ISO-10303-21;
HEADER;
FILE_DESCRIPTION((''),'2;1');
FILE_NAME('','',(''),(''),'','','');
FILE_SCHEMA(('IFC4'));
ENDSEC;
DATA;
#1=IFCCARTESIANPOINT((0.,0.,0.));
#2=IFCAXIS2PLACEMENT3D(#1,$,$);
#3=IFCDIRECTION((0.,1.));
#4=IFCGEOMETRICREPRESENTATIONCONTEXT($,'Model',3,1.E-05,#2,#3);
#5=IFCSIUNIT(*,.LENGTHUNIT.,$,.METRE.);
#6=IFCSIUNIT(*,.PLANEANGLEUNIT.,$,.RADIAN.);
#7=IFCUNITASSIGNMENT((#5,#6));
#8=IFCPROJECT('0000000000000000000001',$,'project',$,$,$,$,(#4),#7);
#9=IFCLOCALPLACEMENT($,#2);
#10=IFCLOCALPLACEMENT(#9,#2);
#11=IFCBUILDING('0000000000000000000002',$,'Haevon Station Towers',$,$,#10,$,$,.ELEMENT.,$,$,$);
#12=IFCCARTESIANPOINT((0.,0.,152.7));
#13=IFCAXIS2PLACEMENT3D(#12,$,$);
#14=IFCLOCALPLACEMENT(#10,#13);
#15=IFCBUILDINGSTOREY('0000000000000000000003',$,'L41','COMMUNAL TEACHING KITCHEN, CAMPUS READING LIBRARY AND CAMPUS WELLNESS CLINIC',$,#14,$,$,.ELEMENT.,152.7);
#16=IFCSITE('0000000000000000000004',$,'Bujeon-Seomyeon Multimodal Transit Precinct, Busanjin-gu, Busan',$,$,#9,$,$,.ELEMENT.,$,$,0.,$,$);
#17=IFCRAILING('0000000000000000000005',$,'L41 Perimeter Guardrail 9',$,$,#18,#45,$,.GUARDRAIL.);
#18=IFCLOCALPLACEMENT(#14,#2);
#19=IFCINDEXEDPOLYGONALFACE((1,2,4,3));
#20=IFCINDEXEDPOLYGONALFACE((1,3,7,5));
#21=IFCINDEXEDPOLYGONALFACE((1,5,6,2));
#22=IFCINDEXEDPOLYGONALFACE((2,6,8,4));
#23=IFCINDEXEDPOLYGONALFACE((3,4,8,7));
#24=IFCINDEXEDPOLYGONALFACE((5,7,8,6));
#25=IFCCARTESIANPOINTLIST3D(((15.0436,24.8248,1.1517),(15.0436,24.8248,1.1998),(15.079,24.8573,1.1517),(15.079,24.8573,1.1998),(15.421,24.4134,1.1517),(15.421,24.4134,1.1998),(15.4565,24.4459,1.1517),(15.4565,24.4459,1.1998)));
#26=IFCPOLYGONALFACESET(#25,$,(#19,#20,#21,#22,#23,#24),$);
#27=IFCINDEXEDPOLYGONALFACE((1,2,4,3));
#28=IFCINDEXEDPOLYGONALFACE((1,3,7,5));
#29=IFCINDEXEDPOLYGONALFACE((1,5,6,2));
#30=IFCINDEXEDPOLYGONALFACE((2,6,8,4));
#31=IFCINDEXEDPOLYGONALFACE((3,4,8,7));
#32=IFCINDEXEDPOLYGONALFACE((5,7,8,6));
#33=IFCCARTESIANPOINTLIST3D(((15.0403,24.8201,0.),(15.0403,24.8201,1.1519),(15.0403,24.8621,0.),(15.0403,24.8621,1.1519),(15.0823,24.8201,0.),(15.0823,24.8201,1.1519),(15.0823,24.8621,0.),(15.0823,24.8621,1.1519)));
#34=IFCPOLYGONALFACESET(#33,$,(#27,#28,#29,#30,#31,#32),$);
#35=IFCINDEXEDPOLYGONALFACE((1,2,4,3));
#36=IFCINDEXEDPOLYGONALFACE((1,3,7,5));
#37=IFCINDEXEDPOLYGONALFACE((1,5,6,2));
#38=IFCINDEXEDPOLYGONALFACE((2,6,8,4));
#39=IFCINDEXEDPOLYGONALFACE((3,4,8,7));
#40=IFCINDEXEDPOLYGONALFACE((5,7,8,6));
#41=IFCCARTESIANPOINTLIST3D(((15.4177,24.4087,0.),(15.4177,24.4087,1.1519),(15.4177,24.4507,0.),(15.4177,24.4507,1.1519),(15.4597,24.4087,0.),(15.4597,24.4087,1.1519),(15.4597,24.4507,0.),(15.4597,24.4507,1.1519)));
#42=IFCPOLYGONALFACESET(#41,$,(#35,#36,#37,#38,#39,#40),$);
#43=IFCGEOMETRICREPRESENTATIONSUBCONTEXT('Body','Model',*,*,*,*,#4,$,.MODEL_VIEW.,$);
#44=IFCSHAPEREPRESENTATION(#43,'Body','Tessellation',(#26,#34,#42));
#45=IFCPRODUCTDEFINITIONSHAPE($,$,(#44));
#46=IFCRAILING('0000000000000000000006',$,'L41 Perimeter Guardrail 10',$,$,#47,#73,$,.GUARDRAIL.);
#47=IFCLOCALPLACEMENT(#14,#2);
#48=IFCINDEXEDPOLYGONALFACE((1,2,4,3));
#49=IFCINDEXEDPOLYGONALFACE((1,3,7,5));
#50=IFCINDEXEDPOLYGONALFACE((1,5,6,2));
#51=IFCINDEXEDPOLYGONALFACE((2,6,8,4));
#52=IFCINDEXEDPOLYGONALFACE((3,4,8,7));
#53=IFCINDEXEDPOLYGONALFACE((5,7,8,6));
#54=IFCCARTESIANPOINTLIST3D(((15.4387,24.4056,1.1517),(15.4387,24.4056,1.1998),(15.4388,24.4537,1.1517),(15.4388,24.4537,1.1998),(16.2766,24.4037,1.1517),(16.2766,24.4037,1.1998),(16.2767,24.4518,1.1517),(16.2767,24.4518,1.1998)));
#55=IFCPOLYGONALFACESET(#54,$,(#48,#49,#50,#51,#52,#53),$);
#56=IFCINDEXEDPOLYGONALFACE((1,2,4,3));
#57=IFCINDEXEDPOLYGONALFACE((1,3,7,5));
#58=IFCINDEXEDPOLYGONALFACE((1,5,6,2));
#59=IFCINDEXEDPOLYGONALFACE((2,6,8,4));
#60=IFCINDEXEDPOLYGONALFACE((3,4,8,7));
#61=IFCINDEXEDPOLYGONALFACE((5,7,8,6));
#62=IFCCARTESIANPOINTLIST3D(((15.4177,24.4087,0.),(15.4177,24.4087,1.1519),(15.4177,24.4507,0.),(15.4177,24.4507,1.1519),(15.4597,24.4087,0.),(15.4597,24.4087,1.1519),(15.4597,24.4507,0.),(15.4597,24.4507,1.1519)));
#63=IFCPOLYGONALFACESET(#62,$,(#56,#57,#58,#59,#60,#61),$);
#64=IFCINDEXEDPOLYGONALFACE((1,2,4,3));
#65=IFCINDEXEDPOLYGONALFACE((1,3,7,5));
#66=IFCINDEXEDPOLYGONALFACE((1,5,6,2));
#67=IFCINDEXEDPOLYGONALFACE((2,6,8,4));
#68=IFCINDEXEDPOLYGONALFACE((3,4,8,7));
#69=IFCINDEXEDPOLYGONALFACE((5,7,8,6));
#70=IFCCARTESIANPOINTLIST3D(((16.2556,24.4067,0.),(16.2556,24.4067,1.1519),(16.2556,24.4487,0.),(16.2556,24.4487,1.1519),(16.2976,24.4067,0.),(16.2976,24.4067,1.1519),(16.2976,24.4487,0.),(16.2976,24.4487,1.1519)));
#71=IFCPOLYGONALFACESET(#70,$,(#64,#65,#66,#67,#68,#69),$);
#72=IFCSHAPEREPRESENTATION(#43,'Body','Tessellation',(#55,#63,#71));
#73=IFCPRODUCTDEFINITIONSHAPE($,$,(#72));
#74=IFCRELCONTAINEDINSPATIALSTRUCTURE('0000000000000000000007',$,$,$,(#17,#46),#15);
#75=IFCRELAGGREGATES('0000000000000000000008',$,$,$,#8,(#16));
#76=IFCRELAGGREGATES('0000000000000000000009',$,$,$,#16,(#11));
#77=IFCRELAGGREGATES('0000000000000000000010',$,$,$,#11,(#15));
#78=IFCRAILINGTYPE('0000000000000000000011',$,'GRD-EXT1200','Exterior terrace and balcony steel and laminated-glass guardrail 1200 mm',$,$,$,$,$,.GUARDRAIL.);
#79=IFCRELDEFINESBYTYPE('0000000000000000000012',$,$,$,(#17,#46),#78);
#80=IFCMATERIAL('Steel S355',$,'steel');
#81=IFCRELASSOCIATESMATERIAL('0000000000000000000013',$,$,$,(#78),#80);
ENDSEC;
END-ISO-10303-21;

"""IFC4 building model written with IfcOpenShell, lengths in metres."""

from ifc_helpers import new_model, si_unit, direction, frame, origin, origin_2d, place, context, subcontext, project, spatial, rectangle, extrude, material, type_object, element, save


model = new_model("IFC4")

# Units and contexts
model_context = context("Model", 3, precision=1e-05, world=origin(), true_north=direction((0.0, 1.0)))
body_context = subcontext(model_context, "Body", "Model", "MODEL_VIEW")
ifc_project = project(units=[si_unit("LENGTHUNIT", "METRE"), si_unit("PLANEANGLEUNIT", "RADIAN")], contexts=[model_context])

# Site, building, storey
site_placement = place(None, origin())
site = spatial("IfcSite", under=ifc_project, at=site_placement, Name="Bujeon-Seomyeon Multimodal Transit Precinct, Busanjin-gu, Busan", CompositionType="ELEMENT", RefElevation=0.0)
building_placement = place(site_placement, origin())
building = spatial("IfcBuilding", under=site, at=building_placement, Name="Haevon Station Towers", CompositionType="ELEMENT")
storey_placement = place(building_placement, frame((0.0, 0.0, 152.7)))
storey = spatial("IfcBuildingStorey", under=building, at=storey_placement, Name="L41", Description="COMMUNAL TEACHING KITCHEN, CAMPUS READING LIBRARY AND CAMPUS WELLNESS CLINIC", CompositionType="ELEMENT", Elevation=152.7)

# Shared definitions
ifc_material_1 = material(Name="Steel S355", Category="steel")

# Railings
railing_type = type_object("IfcRailingType", Name="GRD-EXT1200", Description="Exterior terrace and balcony steel and laminated-glass guardrail 1200 mm", PredefinedType="GUARDRAIL", material=ifc_material_1)
railing_1_placement = place(storey_placement, frame((15.0613, 24.8411, 0.0)))
element("IfcRailing", 1, at=railing_1_placement, inside=storey, type_object=railing_type, Name="L41 Perimeter Guardrail 9", PredefinedType="GUARDRAIL", context=body_context, shape_type="SweptSolid", body=[
    extrude(rectangle(XDim=0.0481, YDim=0.0481, at=origin_2d()), frame((0.0, 0.0, 1.1758), z_axis=(0.676061, -0.736845, 0.0), x_axis=(0.736845, 0.676061, 0.0)), (0.0, 0.0, 1.0), 0.5583),
    extrude(rectangle(XDim=0.042, YDim=0.042, at=origin_2d()), origin(), (0.0, 0.0, 1.0), 1.1519),
    extrude(rectangle(XDim=0.042, YDim=0.042, at=origin_2d()), frame((0.3774, -0.4114, 0.0)), (0.0, 0.0, 1.0), 1.1519),
])
railing_2_placement = place(storey_placement, frame((15.4387, 24.4297, 0.0)))
element("IfcRailing", 2, at=railing_2_placement, inside=storey, type_object=railing_type, Name="L41 Perimeter Guardrail 10", PredefinedType="GUARDRAIL", context=body_context, shape_type="SweptSolid", body=[
    extrude(rectangle(XDim=0.0481, YDim=0.0481, at=origin_2d()), frame((0.0, 0.0, 1.1758), z_axis=(0.999997, -0.002331, 0.0), x_axis=(0.002331, 0.999997, 0.0)), (0.0, 0.0, 1.0), 0.8379),
    extrude(rectangle(XDim=0.042, YDim=0.042, at=origin_2d()), origin(), (0.0, 0.0, 1.0), 1.1519),
    extrude(rectangle(XDim=0.042, YDim=0.042, at=origin_2d()), frame((0.8379, -0.002, 0.0)), (0.0, 0.0, 1.0), 1.1519),
])

save(model, "model.ifc")
